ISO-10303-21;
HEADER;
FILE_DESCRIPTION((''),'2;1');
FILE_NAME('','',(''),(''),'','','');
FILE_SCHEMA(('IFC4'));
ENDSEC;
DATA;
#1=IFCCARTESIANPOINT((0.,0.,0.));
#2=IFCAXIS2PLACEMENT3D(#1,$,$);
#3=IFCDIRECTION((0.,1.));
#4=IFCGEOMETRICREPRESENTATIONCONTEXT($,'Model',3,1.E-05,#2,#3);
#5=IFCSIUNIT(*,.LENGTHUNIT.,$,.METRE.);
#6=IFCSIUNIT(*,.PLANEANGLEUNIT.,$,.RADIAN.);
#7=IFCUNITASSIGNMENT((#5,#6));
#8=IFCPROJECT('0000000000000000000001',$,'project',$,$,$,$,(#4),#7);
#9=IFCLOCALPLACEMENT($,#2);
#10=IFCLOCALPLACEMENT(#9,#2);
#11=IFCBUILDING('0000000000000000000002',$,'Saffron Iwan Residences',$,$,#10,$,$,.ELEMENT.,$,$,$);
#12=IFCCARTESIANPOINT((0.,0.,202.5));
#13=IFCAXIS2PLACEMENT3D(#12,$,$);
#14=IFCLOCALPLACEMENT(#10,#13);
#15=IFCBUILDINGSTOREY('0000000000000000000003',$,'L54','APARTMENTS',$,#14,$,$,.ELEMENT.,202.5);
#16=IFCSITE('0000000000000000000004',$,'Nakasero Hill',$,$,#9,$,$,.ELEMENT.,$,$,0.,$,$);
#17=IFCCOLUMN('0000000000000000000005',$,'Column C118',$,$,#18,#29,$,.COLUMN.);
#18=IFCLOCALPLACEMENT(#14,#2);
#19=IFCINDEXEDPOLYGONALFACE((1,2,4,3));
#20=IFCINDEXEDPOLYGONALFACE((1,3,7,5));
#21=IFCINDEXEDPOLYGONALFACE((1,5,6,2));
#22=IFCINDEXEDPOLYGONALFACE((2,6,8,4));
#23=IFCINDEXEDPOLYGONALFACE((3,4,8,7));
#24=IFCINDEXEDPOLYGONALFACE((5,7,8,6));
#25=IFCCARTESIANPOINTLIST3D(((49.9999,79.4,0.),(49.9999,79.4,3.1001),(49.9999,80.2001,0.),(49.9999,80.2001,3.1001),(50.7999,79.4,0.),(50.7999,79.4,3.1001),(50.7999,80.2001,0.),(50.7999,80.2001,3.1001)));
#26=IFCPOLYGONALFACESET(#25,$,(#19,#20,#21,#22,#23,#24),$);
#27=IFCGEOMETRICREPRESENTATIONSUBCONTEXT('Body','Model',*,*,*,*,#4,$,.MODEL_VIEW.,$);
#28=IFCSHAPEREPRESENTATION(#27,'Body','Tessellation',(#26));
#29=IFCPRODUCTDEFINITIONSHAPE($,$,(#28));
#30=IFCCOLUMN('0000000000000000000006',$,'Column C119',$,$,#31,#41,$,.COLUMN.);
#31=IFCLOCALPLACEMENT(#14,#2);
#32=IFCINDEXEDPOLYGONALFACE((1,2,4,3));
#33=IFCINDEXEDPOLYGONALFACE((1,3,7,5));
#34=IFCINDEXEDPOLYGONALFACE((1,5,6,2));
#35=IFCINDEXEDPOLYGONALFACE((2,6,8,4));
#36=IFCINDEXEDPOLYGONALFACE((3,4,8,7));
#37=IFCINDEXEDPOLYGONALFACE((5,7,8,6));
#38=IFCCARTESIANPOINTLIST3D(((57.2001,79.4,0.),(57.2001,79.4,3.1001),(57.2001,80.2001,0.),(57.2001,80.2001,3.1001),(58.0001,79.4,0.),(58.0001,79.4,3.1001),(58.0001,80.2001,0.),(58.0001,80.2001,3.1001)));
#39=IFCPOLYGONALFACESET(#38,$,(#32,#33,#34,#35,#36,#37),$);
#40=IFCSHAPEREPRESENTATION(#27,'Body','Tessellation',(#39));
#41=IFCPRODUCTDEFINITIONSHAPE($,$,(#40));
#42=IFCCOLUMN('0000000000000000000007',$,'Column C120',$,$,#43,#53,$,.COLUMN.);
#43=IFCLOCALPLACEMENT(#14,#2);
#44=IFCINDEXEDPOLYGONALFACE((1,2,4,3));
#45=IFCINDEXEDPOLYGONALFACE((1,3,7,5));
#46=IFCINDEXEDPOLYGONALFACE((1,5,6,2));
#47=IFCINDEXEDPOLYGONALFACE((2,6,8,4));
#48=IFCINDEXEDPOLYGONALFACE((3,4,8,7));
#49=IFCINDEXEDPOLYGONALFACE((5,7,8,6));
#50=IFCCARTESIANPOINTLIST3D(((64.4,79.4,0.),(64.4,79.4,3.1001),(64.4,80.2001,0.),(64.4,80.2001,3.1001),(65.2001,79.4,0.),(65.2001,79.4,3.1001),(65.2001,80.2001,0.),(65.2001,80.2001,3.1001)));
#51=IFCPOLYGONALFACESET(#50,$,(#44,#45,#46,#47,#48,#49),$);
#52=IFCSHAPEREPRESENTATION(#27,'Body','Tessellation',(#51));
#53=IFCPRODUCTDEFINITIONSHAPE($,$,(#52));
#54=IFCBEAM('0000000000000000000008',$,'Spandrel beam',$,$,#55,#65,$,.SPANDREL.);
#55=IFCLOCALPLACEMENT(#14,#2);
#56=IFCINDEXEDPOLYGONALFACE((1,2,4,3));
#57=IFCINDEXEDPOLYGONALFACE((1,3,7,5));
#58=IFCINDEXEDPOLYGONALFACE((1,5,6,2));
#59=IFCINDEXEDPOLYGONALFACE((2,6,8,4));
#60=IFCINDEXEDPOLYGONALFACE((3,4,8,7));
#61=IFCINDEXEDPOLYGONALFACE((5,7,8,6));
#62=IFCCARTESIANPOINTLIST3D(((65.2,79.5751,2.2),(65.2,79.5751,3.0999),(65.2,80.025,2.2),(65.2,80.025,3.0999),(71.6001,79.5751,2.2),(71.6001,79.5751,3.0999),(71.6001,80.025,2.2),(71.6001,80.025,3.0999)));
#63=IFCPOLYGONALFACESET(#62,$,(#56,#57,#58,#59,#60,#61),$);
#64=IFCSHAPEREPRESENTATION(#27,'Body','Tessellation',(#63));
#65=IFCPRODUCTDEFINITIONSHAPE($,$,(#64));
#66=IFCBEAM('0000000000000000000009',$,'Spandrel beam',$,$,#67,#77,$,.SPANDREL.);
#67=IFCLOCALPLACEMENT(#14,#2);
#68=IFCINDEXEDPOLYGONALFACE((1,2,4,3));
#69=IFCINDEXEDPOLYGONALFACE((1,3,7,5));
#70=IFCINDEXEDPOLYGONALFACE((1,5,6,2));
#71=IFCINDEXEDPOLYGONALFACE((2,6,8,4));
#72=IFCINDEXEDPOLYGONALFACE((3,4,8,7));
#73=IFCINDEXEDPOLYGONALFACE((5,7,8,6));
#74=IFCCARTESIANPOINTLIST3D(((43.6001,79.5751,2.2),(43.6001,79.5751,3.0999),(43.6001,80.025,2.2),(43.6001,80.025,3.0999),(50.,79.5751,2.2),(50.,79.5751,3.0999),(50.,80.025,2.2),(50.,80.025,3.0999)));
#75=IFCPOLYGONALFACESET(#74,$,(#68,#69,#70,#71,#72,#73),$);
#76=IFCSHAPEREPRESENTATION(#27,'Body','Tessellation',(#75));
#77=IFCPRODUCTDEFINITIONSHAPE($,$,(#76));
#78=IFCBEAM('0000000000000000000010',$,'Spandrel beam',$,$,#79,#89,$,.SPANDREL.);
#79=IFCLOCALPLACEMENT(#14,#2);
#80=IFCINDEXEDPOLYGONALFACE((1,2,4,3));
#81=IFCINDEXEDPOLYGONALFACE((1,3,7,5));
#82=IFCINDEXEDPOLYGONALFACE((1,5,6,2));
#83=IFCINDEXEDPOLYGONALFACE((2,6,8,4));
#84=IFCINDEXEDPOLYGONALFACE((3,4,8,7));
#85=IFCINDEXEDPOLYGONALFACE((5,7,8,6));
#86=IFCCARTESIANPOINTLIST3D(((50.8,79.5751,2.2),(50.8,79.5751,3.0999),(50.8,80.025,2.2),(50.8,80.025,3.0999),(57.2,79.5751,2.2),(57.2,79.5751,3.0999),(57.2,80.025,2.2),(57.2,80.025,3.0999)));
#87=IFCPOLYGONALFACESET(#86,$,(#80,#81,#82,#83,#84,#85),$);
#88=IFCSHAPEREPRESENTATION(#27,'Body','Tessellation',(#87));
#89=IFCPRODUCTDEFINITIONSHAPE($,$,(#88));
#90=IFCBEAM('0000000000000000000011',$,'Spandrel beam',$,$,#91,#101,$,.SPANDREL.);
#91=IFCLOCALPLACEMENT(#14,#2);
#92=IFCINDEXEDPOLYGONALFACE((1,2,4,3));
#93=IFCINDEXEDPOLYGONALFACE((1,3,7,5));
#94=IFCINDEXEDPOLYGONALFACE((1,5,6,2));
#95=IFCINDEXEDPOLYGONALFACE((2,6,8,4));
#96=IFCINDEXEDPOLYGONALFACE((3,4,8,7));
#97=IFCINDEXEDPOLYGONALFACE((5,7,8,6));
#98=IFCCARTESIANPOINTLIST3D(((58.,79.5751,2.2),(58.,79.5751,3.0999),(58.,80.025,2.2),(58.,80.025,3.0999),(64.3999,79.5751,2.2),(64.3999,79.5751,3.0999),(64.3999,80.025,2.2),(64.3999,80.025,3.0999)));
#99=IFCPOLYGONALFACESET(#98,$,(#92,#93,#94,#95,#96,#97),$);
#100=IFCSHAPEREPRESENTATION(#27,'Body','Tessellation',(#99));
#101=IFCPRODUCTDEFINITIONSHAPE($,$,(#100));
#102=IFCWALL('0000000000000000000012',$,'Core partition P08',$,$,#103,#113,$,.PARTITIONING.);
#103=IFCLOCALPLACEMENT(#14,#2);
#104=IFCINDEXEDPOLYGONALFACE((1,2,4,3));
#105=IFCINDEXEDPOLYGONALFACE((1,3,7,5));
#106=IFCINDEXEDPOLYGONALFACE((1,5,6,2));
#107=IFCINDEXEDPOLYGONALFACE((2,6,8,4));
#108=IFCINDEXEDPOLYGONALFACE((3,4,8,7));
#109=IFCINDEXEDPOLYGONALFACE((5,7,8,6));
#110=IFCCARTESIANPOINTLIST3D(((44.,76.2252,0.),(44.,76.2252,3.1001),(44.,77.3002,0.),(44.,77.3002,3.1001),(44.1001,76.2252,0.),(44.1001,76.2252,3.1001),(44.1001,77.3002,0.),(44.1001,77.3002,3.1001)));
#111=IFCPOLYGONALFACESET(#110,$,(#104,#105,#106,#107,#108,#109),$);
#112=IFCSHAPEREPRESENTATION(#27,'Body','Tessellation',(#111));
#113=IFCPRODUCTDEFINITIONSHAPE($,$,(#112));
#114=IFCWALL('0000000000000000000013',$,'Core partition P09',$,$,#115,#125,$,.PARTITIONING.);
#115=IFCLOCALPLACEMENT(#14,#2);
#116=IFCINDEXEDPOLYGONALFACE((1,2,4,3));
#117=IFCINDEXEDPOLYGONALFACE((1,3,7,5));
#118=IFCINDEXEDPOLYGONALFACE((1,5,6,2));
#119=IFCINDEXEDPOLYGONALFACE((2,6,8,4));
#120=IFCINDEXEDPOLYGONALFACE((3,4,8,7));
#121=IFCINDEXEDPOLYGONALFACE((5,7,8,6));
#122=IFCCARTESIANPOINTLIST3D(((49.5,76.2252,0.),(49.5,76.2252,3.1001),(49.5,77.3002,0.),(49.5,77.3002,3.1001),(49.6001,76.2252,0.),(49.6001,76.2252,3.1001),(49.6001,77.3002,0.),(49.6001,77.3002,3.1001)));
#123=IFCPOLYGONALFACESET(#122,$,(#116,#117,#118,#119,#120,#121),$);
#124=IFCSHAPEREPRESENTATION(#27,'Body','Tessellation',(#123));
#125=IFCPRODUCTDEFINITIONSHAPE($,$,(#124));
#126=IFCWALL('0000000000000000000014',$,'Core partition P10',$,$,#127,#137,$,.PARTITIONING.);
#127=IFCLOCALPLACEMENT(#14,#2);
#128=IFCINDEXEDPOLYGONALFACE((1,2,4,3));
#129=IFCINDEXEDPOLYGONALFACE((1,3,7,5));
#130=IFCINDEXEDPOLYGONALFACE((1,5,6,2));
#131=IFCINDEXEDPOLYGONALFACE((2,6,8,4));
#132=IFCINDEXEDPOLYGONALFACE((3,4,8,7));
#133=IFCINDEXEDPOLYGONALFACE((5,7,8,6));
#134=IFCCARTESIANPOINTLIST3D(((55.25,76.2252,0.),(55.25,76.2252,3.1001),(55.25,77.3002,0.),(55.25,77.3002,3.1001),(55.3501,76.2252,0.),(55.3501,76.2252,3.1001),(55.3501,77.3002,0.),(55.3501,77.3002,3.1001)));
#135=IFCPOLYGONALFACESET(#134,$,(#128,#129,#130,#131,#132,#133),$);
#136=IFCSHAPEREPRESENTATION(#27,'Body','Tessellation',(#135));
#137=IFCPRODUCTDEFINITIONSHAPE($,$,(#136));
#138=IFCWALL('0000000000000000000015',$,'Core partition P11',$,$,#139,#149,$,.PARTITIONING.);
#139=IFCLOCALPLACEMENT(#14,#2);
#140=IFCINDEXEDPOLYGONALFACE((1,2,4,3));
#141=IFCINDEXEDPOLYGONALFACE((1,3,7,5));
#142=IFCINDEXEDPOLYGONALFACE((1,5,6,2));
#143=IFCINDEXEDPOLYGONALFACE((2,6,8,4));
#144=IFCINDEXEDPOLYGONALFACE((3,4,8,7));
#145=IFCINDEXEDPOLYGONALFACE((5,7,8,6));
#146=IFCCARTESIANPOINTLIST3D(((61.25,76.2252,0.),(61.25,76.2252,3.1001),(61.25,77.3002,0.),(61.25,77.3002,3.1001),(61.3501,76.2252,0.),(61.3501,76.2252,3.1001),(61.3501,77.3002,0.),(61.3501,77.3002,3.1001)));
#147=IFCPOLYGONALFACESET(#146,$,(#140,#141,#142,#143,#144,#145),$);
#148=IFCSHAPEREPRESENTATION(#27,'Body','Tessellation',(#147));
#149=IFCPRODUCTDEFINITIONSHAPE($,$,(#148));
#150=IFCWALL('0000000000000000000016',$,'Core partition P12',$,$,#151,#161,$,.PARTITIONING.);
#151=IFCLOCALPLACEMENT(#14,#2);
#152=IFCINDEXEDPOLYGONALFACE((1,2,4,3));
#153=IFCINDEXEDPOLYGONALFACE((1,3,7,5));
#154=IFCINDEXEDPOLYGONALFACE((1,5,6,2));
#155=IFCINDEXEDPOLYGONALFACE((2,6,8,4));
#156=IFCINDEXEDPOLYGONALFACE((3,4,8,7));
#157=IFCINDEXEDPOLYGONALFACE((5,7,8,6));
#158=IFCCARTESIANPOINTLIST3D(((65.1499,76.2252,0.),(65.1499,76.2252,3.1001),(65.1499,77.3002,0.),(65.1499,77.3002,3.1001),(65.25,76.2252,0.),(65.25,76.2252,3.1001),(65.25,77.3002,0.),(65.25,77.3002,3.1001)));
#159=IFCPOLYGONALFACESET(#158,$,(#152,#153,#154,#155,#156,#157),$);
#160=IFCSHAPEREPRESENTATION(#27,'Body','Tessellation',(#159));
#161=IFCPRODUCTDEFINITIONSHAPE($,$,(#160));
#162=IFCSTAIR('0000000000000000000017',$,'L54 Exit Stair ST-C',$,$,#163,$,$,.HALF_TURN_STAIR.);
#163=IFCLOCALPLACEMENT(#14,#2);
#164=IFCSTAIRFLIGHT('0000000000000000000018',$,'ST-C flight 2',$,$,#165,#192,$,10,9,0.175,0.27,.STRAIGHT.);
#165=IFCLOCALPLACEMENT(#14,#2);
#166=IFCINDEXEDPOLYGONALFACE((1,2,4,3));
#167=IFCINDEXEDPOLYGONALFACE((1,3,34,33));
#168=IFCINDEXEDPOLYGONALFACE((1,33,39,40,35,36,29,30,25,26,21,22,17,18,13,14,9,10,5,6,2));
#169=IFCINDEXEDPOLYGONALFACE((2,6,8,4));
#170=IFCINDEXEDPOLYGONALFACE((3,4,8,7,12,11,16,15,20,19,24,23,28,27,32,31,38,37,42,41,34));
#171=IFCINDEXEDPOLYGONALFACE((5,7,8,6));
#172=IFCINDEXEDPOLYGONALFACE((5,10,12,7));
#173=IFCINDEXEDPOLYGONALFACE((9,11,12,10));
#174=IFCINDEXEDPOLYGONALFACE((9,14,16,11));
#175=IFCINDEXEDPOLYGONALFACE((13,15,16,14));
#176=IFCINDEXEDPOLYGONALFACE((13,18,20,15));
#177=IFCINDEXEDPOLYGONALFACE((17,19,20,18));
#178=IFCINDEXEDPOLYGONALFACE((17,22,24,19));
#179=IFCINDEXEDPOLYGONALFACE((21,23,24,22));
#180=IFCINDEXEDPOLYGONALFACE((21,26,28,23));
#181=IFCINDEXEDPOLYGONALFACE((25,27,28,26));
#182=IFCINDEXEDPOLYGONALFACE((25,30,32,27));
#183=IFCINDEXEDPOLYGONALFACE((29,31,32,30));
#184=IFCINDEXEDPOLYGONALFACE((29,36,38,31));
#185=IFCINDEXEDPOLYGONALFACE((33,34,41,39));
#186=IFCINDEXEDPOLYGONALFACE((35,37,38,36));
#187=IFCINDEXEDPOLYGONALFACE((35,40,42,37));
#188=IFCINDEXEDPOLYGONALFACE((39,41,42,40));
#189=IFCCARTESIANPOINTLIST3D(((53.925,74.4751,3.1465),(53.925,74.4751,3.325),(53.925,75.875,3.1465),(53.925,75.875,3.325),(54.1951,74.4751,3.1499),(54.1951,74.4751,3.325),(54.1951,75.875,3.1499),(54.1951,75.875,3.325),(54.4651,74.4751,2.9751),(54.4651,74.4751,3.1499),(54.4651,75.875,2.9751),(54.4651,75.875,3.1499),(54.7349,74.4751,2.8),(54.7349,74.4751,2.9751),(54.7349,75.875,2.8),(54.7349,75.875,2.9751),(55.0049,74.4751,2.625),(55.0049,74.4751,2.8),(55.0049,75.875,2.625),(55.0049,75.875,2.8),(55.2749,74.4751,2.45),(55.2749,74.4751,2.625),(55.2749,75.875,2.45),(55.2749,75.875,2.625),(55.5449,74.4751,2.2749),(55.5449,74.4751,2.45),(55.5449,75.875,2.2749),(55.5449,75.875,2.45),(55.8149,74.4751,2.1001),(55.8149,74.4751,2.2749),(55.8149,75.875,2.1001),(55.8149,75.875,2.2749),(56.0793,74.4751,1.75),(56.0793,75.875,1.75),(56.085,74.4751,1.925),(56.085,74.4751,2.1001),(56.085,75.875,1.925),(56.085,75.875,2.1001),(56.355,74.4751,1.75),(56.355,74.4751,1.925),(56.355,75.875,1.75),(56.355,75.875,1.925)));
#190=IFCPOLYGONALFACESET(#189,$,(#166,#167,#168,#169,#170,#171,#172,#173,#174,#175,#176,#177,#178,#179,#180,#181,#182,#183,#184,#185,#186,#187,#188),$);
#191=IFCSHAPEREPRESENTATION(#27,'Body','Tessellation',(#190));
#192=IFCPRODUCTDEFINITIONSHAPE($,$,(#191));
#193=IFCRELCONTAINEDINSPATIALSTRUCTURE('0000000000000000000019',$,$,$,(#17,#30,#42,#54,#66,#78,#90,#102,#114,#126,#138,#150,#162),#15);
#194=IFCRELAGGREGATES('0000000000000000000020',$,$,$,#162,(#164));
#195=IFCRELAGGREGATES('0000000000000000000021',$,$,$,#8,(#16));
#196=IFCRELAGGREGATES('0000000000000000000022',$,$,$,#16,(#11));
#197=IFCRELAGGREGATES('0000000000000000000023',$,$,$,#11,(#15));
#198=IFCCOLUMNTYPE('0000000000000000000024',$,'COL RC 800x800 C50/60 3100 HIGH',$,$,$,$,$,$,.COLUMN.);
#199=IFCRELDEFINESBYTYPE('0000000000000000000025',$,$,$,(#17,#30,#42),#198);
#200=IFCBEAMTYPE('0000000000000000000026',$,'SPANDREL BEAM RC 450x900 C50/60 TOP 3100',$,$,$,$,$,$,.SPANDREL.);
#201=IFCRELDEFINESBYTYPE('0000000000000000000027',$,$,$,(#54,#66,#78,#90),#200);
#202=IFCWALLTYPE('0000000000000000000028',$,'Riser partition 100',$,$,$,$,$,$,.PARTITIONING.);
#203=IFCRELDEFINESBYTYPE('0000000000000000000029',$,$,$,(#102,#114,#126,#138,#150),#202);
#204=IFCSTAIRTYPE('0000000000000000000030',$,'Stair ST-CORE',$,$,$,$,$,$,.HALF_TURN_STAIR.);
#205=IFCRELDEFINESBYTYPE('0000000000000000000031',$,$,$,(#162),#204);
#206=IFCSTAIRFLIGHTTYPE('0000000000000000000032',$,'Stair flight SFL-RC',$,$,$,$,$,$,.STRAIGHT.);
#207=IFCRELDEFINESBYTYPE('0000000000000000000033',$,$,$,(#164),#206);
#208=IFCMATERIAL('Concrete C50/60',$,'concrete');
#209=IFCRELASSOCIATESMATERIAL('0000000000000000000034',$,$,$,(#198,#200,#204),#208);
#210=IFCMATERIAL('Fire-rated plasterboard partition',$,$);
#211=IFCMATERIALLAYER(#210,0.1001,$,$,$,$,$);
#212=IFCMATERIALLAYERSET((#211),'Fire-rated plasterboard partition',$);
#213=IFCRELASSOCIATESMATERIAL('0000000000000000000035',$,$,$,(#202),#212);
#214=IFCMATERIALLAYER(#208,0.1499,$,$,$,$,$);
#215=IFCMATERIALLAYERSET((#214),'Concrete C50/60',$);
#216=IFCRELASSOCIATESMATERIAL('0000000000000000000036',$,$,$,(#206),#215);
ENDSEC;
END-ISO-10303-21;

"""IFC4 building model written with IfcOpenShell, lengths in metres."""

from ifc_helpers import new_model, si_unit, direction, frame, frame_2d, origin, origin_2d, place, context, subcontext, project, spatial, polyline, rectangle, outline, extrude, source, transform, mapped, material, layer, layer_set, material_profile, profile_set, type_object, element, aggregate, save


model = new_model("IFC4")

# Units and contexts
model_context = context("Model", 3, precision=1e-05, world=origin(), true_north=direction((0.0, 1.0)))
body_context = subcontext(model_context, "Body", "Model", "MODEL_VIEW")
ifc_project = project(units=[si_unit("LENGTHUNIT", "METRE"), si_unit("PLANEANGLEUNIT", "RADIAN")], contexts=[model_context])

# Site, building, storey
site_placement = place(None, origin())
site = spatial("IfcSite", under=ifc_project, at=site_placement, Name="Nakasero Hill", CompositionType="ELEMENT", RefElevation=0.0)
building_placement = place(site_placement, origin())
building = spatial("IfcBuilding", under=site, at=building_placement, Name="Saffron Iwan Residences", CompositionType="ELEMENT")
storey_placement = place(building_placement, frame((0.0, 0.0, 202.5)))
storey = spatial("IfcBuildingStorey", under=building, at=storey_placement, Name="L54", Description="APARTMENTS", CompositionType="ELEMENT", Elevation=202.5)

# Columns
ifc_material_1 = material(Name="Concrete C50/60", Category="concrete")
ifc_material_profile_1 = material_profile(ifc_material_1, rectangle(XDim=0.8, YDim=0.8, at=origin_2d()), Name="RC 800x800")
ifc_profile_set_1 = profile_set([ifc_material_profile_1], Name="Concrete C50/60")
column_type = type_object("IfcColumnType", Name="COL RC 800x800 C50/60 3100 HIGH", PredefinedType="COLUMN", material=ifc_profile_set_1)
shared_shape_1 = source(origin(), body_context, "Body", "SweptSolid", [
    extrude(rectangle(XDim=0.8, YDim=0.8, at=origin_2d()), origin(), (0.0, 0.0, 1.0), 3.1001),
])
for number, where, z_axis, x_axis, name in (
    (1, (50.3999, 79.8, 0.0), (0.0, 0.0, 1.0), (1.0, 0.0, 0.0), "Column C118"),
    (2, (57.6001, 79.8, 0.0), (0.0, 0.0, 1.0), (1.0, 0.0, 0.0), "Column C119"),
    (3, (64.8, 79.8, 0.0), (0.0, 0.0, 1.0), (1.0, 0.0, 0.0), "Column C120"),
):
    element("IfcColumn", number, at=place(storey_placement, frame(where, z_axis=z_axis, x_axis=x_axis)), inside=storey, type_object=column_type, Name=name, PredefinedType="COLUMN", context=body_context, shape_type="MappedRepresentation", body=[
        mapped(shared_shape_1, transform((0.0, 0.0, 0.0))),
    ])

# Beams
ifc_material_profile_2 = material_profile(ifc_material_1, rectangle(XDim=0.45, YDim=0.8999, at=origin_2d()), Name="RC 450x900")
ifc_profile_set_2 = profile_set([ifc_material_profile_2], Name="Concrete C50/60")
beam_type = type_object("IfcBeamType", Name="SPANDREL BEAM RC 450x900 C50/60 TOP 3100", PredefinedType="SPANDREL", material=ifc_profile_set_2)
shared_shape_2 = source(origin(), body_context, "Body", "SweptSolid", [
    extrude(rectangle(XDim=0.45, YDim=0.8999, at=origin_2d()), origin(), (0.0, 0.0, 1.0), 6.4001),
])
beam_placement = place(storey_placement, frame((65.2, 79.8, 2.6499), z_axis=(1.0, 0.0, 0.0), x_axis=(0.0, 1.0, 0.0)))
element("IfcBeam", 4, at=beam_placement, inside=storey, type_object=beam_type, Name="Spandrel beam", PredefinedType="SPANDREL", context=body_context, shape_type="MappedRepresentation", body=[
    mapped(shared_shape_2, transform((0.0, 0.0, 0.0))),
])
shared_shape_3 = source(origin(), body_context, "Body", "SweptSolid", [
    extrude(rectangle(XDim=0.45, YDim=0.8999, at=origin_2d()), origin(), (0.0, 0.0, 1.0), 6.3999),
])
for number, where, z_axis, x_axis, name in (
    (5, (43.6001, 79.8, 2.6499), (1.0, 0.0, 0.0), (0.0, 1.0, 0.0), "Spandrel beam"),
    (6, (50.8, 79.8, 2.6499), (1.0, 0.0, 0.0), (0.0, 1.0, 0.0), "Spandrel beam"),
    (7, (58.0, 79.8, 2.6499), (1.0, 0.0, 0.0), (0.0, 1.0, 0.0), "Spandrel beam"),
):
    element("IfcBeam", number, at=place(storey_placement, frame(where, z_axis=z_axis, x_axis=x_axis)), inside=storey, type_object=beam_type, Name=name, PredefinedType="SPANDREL", context=body_context, shape_type="MappedRepresentation", body=[
        mapped(shared_shape_3, transform((0.0, 0.0, 0.0))),
    ])

# Walls
ifc_material_2 = material(Name="Fire-rated plasterboard partition")
ifc_layer_1 = layer(ifc_material_2, 0.1001)
ifc_layer_set_1 = layer_set([ifc_layer_1], Name="Fire-rated plasterboard partition")
wall_type = type_object("IfcWallType", Name="Riser partition 100", PredefinedType="PARTITIONING", material=ifc_layer_set_1)
for number, where, z_axis, x_axis, name in (
    (8, (44.05, 76.2251, 0.0), (0.0, 0.0, 1.0), (0.0, 1.0, 0.0), "Core partition P08"),
    (9, (49.55, 76.2251, 0.0), (0.0, 0.0, 1.0), (0.0, 1.0, 0.0), "Core partition P09"),
    (10, (55.3, 76.2251, 0.0), (0.0, 0.0, 1.0), (0.0, 1.0, 0.0), "Core partition P10"),
    (11, (61.3, 76.2251, 0.0), (0.0, 0.0, 1.0), (0.0, 1.0, 0.0), "Core partition P11"),
    (12, (65.2, 76.2251, 0.0), (0.0, 0.0, 1.0), (0.0, 1.0, 0.0), "Core partition P12"),
):
    element("IfcWall", number, at=place(storey_placement, frame(where, z_axis=z_axis, x_axis=x_axis)), inside=storey, type_object=wall_type, Name=name, PredefinedType="PARTITIONING", context=body_context, shape_type="SweptSolid", body=[
        extrude(rectangle(XDim=1.075, YDim=0.1001, at=frame_2d((0.5376, 0.0))), origin(), (0.0, 0.0, 1.0), 3.1001),
    ])

# Stair, stair flight
stair_type = type_object("IfcStairType", Name="Stair ST-CORE", PredefinedType="HALF_TURN_STAIR", material=ifc_material_1)
stair_placement = place(storey_placement, origin())
stair = element("IfcStair", 13, at=stair_placement, inside=storey, type_object=stair_type, Name="L54 Exit Stair ST-C", PredefinedType="HALF_TURN_STAIR")
ifc_layer_2 = layer(ifc_material_1, 0.1499)
ifc_layer_set_2 = layer_set([ifc_layer_2], Name="Concrete C50/60")
stair_flight_type = type_object("IfcStairFlightType", Name="Stair flight SFL-RC", PredefinedType="STRAIGHT", material=ifc_layer_set_2)
stair_flight_placement = place(storey_placement, frame((56.355, 75.175, 1.75), z_axis=(0.0, 0.0, 1.0), x_axis=(-1.0, 0.0, 0.0)))
stair_flight = element("IfcStairFlight", 14, at=stair_flight_placement, type_object=stair_flight_type, Name="ST-C flight 2", NumberOfRisers=10, NumberOfTreads=9, PredefinedType="STRAIGHT", RiserHeight=0.175, TreadLength=0.27, context=body_context, shape_type="SweptSolid", body=[
    extrude(outline(polyline([(0.0, 0.0), (0.0, 0.175), (0.27, 0.175), (0.27, 0.3501), (0.54, 0.3501), (0.54, 0.5249), (0.8101, 0.5249), (0.8101, 0.7), (1.0801, 0.7), (1.0801, 0.875), (1.3501, 0.875), (1.3501, 1.05), (1.6201, 1.05), (1.6201, 1.2251), (1.8899, 1.2251), (1.8899, 1.3999), (2.1599, 1.3999), (2.1599, 1.575), (2.4299, 1.575), (2.4299, 1.75), (2.4299, 1.3965), (0.2756, 0.0), (0.0, 0.0)])), frame((0.0, 0.7, 0.0), z_axis=(0.0, -1.0, 0.0), x_axis=(1.0, 0.0, 0.0)), (0.0, 0.0, 1.0), 1.3999),
])
aggregate(stair, [stair_flight])

save(model, "model.ifc")
